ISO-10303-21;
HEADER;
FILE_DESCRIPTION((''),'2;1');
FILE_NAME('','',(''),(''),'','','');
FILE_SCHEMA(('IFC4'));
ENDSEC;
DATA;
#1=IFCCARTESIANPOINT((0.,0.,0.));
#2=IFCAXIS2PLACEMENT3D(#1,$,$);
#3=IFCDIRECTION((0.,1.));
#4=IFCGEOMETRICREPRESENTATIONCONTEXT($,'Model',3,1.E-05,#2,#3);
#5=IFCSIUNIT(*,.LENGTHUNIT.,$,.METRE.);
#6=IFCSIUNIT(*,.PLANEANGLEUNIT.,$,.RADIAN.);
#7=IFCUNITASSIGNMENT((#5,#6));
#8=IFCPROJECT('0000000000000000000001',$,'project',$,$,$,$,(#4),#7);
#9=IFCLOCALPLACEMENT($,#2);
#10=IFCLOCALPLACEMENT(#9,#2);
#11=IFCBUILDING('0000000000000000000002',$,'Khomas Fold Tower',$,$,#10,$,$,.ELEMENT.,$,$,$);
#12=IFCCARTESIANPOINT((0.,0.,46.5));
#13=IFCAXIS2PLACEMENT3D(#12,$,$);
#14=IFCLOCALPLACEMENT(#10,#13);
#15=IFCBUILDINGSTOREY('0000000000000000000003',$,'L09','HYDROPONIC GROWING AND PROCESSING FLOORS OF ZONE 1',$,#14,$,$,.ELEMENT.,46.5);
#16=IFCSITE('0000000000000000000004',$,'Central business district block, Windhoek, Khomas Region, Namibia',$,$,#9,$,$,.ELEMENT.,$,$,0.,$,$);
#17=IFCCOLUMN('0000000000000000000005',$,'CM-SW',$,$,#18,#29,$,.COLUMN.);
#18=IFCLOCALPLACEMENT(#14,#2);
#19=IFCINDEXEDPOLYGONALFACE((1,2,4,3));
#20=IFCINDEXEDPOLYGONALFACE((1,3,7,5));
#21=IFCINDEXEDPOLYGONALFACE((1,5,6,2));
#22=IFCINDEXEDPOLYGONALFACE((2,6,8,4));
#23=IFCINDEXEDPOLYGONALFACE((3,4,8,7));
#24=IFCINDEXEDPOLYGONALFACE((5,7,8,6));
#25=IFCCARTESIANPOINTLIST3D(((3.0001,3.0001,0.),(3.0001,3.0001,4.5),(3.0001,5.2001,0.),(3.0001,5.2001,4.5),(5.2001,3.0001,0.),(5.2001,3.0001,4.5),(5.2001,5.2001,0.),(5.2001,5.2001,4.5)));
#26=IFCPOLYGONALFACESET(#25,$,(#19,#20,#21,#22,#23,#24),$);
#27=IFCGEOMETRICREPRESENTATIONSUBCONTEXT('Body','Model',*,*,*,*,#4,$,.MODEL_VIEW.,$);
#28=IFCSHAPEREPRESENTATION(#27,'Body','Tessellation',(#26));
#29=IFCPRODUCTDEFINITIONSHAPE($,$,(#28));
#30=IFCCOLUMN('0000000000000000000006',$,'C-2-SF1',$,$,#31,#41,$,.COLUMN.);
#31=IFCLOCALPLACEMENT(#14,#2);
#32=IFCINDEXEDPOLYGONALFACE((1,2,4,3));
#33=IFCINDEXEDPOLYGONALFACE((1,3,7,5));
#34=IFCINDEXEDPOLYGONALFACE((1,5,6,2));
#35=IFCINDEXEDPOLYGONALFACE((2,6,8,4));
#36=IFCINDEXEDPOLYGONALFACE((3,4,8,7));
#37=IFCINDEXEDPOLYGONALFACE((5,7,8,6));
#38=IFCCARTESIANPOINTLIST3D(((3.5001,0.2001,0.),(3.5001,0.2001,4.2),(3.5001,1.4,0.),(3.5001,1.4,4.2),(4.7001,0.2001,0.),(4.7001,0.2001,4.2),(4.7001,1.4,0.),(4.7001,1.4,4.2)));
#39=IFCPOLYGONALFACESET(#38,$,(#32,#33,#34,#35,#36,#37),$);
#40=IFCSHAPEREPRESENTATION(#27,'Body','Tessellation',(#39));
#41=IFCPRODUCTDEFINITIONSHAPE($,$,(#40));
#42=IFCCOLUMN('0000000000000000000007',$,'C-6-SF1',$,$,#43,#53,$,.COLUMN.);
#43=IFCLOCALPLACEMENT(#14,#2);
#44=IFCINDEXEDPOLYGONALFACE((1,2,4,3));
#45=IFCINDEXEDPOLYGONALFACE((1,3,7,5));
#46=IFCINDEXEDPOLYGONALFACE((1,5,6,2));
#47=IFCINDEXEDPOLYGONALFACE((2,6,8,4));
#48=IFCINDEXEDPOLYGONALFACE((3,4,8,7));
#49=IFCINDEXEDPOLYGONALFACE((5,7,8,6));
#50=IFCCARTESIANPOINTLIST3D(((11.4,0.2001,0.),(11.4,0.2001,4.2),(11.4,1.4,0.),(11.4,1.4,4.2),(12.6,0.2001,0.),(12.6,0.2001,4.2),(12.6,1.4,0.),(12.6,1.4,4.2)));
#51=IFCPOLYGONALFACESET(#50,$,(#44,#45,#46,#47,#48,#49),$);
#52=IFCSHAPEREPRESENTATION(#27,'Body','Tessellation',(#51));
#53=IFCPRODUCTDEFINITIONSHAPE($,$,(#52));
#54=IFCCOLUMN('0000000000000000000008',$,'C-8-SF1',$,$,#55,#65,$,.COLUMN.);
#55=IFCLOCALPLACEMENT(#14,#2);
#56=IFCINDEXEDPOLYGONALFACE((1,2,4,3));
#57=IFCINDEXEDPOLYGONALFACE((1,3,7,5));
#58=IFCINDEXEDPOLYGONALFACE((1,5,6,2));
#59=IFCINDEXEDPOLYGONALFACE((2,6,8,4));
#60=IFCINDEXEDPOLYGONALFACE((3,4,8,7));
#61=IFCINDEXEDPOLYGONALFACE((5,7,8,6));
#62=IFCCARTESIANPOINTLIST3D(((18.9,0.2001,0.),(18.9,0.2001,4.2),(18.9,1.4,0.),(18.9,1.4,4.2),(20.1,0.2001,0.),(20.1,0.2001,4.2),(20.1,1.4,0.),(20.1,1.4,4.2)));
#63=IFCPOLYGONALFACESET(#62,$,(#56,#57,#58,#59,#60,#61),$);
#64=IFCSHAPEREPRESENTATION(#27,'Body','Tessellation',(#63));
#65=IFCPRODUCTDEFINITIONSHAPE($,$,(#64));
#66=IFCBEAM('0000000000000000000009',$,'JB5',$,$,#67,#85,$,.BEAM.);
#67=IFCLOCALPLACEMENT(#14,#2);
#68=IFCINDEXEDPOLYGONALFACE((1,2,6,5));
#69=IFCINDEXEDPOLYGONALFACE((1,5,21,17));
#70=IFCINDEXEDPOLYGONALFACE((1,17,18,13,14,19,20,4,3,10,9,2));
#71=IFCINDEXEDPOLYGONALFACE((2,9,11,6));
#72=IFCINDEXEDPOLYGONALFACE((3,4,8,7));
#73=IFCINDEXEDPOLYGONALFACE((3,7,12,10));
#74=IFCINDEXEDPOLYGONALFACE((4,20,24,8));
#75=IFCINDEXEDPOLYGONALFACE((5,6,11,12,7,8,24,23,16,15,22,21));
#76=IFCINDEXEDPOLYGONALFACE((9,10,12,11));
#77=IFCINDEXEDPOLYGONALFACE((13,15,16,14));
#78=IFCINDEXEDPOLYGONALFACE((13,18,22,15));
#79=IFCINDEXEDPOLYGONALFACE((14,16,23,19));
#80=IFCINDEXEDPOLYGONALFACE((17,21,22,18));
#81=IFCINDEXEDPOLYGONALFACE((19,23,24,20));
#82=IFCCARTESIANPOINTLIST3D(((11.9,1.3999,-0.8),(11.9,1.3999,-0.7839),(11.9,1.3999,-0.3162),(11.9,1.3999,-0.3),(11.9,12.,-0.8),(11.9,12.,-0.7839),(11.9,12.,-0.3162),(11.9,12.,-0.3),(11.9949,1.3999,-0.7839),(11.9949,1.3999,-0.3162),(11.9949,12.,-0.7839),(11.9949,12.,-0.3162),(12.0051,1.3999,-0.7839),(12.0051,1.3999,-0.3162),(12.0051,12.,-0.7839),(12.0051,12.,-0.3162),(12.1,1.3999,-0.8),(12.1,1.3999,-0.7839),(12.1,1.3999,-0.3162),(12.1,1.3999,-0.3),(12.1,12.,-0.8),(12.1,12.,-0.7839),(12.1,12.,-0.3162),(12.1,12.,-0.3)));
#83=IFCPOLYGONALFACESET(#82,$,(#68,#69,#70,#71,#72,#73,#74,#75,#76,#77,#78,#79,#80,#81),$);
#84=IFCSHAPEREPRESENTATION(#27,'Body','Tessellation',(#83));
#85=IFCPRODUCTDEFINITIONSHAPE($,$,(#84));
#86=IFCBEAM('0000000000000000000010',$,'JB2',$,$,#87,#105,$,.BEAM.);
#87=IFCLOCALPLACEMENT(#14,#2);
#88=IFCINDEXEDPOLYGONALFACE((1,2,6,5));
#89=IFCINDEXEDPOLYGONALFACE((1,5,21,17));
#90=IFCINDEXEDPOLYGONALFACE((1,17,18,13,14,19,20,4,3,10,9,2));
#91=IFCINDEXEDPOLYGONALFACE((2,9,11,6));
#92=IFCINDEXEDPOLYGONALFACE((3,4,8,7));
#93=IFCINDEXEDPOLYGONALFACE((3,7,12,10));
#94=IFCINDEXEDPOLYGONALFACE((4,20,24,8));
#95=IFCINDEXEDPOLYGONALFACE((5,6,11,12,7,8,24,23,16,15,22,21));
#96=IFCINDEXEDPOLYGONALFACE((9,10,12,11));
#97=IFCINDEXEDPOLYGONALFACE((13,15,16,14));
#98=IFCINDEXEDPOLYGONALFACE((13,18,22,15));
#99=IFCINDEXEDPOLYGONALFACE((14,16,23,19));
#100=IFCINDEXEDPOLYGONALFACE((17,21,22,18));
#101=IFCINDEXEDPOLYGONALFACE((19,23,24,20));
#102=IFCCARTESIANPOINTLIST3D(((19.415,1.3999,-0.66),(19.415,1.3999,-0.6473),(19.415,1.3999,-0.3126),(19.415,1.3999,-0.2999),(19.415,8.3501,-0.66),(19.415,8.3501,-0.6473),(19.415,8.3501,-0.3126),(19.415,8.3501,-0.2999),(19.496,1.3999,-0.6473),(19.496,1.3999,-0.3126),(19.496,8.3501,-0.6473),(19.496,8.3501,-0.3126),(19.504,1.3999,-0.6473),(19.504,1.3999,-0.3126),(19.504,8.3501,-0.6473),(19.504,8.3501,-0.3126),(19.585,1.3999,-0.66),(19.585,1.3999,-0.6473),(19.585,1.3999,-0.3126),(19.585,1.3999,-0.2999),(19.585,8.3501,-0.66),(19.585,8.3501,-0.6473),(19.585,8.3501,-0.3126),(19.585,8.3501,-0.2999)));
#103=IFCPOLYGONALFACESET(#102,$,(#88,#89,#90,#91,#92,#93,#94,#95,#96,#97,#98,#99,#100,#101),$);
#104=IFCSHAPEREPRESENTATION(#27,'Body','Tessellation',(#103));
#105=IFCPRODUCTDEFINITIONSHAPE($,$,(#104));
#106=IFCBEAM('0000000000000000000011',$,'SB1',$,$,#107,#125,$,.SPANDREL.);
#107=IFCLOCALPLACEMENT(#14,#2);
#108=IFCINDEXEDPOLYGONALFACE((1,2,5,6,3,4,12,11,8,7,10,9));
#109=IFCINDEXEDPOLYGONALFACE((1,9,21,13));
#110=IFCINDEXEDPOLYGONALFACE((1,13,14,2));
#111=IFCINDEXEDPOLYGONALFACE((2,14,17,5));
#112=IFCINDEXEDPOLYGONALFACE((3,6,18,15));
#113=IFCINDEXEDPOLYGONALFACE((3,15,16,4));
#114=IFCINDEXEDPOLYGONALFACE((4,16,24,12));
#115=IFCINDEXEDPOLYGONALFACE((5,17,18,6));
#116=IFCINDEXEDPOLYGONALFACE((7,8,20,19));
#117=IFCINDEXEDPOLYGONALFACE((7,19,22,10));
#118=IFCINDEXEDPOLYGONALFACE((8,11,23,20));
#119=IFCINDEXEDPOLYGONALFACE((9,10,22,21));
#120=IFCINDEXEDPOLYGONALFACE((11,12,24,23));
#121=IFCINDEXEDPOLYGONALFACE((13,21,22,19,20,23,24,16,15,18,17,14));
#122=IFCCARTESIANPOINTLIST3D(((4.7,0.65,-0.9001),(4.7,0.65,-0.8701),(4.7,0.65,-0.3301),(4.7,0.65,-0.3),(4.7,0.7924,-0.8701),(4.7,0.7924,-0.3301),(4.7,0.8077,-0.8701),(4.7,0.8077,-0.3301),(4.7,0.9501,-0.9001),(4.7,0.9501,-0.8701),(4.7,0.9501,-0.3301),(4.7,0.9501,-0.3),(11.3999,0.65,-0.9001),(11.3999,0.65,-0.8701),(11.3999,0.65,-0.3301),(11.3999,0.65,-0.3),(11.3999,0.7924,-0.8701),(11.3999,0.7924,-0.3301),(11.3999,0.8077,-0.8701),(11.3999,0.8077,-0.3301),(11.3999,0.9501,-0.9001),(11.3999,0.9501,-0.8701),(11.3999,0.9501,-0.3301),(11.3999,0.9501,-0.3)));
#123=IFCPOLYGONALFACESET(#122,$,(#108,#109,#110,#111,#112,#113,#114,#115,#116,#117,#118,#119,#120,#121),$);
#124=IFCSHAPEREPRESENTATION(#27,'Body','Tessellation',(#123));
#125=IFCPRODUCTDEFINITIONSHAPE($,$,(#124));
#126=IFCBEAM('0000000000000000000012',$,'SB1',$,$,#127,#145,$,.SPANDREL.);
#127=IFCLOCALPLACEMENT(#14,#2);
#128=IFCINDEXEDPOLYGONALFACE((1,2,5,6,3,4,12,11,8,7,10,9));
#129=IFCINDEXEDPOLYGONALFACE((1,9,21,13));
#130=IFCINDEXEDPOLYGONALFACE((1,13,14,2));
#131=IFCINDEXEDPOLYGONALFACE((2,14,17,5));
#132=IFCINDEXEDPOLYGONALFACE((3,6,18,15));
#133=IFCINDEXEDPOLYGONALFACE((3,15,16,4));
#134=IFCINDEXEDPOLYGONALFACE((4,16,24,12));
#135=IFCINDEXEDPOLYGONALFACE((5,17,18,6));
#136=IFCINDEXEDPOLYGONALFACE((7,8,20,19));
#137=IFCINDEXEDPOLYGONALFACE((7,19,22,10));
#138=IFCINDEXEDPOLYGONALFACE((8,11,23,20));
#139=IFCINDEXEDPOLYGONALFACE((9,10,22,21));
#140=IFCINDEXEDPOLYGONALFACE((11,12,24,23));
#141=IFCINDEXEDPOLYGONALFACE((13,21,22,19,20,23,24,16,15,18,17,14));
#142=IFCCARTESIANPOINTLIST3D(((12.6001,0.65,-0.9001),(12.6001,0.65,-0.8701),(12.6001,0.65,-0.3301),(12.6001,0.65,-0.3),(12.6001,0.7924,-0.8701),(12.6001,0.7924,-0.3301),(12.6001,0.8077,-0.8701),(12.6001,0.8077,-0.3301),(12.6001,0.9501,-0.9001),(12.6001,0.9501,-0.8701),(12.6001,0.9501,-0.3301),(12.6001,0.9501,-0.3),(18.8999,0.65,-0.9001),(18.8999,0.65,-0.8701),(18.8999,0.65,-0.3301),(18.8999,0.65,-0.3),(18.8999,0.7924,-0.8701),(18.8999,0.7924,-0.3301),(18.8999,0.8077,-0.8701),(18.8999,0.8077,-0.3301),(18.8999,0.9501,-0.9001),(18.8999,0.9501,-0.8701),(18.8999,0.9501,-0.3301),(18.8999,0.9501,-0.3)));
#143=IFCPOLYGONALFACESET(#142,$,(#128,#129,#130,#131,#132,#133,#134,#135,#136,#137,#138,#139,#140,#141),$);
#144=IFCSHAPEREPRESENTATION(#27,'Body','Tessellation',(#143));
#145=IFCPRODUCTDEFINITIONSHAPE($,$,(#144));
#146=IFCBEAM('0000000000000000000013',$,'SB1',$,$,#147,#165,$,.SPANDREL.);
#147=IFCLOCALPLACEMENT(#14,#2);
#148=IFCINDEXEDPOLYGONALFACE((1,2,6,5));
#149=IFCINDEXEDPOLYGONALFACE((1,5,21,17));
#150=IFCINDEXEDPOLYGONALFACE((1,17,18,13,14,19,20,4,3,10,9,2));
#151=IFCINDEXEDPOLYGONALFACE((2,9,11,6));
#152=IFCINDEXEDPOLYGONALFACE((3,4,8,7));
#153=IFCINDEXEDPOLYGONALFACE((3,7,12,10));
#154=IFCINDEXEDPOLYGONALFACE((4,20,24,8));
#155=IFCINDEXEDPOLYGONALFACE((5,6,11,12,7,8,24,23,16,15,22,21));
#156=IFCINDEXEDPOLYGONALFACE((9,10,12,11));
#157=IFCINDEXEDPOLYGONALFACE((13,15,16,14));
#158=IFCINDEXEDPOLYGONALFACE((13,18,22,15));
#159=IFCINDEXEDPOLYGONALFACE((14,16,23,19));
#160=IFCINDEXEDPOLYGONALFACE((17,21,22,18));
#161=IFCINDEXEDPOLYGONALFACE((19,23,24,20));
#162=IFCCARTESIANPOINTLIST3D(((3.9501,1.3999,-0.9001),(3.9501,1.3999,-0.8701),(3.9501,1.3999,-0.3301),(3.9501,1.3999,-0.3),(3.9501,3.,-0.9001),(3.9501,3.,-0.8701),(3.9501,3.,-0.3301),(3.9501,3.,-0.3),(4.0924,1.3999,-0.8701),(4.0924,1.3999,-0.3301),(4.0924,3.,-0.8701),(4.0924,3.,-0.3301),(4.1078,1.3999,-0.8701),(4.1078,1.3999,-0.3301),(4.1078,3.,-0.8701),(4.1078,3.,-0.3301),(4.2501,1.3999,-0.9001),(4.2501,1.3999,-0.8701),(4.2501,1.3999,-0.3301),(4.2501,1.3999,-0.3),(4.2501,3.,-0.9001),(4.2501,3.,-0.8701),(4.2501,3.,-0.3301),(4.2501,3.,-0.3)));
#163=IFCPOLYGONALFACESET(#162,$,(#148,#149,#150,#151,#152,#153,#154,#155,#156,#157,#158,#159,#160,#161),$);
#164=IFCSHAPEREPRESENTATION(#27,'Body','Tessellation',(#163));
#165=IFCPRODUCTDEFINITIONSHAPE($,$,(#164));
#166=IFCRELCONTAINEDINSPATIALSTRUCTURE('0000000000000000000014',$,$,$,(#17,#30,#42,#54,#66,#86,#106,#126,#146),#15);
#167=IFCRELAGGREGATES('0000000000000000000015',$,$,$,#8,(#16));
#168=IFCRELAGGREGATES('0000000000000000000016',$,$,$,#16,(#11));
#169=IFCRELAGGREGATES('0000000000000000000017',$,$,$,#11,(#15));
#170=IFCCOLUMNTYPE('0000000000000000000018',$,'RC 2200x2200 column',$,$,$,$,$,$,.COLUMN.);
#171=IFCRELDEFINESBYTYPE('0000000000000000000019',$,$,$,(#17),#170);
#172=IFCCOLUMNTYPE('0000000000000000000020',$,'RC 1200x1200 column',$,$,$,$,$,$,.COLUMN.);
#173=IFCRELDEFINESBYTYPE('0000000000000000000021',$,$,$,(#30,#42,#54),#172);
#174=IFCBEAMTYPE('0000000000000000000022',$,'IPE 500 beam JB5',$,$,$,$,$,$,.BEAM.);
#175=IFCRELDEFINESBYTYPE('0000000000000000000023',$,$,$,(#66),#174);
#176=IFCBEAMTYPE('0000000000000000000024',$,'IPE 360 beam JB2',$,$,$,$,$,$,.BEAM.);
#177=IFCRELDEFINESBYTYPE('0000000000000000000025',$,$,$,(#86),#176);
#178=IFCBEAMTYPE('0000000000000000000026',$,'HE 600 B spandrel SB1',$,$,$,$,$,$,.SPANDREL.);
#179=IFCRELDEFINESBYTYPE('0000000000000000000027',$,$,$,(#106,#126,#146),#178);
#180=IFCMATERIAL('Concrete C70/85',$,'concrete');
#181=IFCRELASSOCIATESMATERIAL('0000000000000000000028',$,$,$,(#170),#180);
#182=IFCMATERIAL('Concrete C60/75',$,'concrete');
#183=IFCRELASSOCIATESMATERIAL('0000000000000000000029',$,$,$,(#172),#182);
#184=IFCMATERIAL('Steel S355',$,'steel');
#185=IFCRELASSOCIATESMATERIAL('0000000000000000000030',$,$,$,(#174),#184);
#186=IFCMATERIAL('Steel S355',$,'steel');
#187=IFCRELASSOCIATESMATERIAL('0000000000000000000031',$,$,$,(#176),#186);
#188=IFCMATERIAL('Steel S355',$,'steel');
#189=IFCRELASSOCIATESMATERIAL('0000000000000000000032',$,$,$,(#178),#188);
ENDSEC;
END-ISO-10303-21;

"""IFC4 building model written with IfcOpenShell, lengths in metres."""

from ifc_helpers import new_model, si_unit, direction, frame, origin, origin_2d, place, context, subcontext, project, spatial, rectangle, i_section, extrude, source, transform, mapped, material, material_profile, profile_set, type_object, element, save


model = new_model("IFC4")

# Units and contexts
model_context = context("Model", 3, precision=1e-05, world=origin(), true_north=direction((0.0, 1.0)))
body_context = subcontext(model_context, "Body", "Model", "MODEL_VIEW")
ifc_project = project(units=[si_unit("LENGTHUNIT", "METRE"), si_unit("PLANEANGLEUNIT", "RADIAN")], contexts=[model_context])

# Site, building, storey
site_placement = place(None, origin())
site = spatial("IfcSite", under=ifc_project, at=site_placement, Name="Central business district block, Windhoek, Khomas Region, Namibia", CompositionType="ELEMENT", RefElevation=0.0)
building_placement = place(site_placement, origin())
building = spatial("IfcBuilding", under=site, at=building_placement, Name="Khomas Fold Tower", CompositionType="ELEMENT")
storey_placement = place(building_placement, frame((0.0, 0.0, 46.5)))
storey = spatial("IfcBuildingStorey", under=building, at=storey_placement, Name="L09", Description="HYDROPONIC GROWING AND PROCESSING FLOORS OF ZONE 1", CompositionType="ELEMENT", Elevation=46.5)

# Columns
ifc_material_1 = material(Name="Concrete C70/85", Category="concrete")
ifc_material_profile_1 = material_profile(ifc_material_1, rectangle(XDim=2.2, YDim=2.2, at=origin_2d()), Name="RC 2200x2200")
ifc_profile_set_1 = profile_set([ifc_material_profile_1], Name="Concrete C70/85")
column_type_1 = type_object("IfcColumnType", Name="RC 2200x2200 column", PredefinedType="COLUMN", material=ifc_profile_set_1)
shared_shape_1 = source(origin(), body_context, "Body", "SweptSolid", [
    extrude(rectangle(XDim=2.2, YDim=2.2, at=origin_2d()), origin(), (0.0, 0.0, 1.0), 4.5),
])
column_placement = place(storey_placement, frame((4.1001, 4.1001, 0.0), z_axis=(0.0, 0.0, 1.0), x_axis=(1.0, 0.0, 0.0)))
element("IfcColumn", 1, at=column_placement, inside=storey, type_object=column_type_1, Name="CM-SW", PredefinedType="COLUMN", context=body_context, shape_type="MappedRepresentation", body=[
    mapped(shared_shape_1, transform((0.0, 0.0, 0.0))),
])
ifc_material_2 = material(Name="Concrete C60/75", Category="concrete")
ifc_material_profile_2 = material_profile(ifc_material_2, rectangle(XDim=1.2, YDim=1.2, at=origin_2d()), Name="RC 1200x1200")
ifc_profile_set_2 = profile_set([ifc_material_profile_2], Name="Concrete C60/75")
column_type_2 = type_object("IfcColumnType", Name="RC 1200x1200 column", PredefinedType="COLUMN", material=ifc_profile_set_2)
shared_shape_2 = source(origin(), body_context, "Body", "SweptSolid", [
    extrude(rectangle(XDim=1.2, YDim=1.2, at=origin_2d()), origin(), (0.0, 0.0, 1.0), 4.2),
])
for number, where, z_axis, x_axis, name in (
    (2, (4.1001, 0.8, 0.0), (0.0, 0.0, 1.0), (1.0, 0.0, 0.0), "C-2-SF1"),
    (3, (12.0, 0.8, 0.0), (0.0, 0.0, 1.0), (1.0, 0.0, 0.0), "C-6-SF1"),
    (4, (19.5, 0.8, 0.0), (0.0, 0.0, 1.0), (1.0, 0.0, 0.0), "C-8-SF1"),
):
    element("IfcColumn", number, at=place(storey_placement, frame(where, z_axis=z_axis, x_axis=x_axis)), inside=storey, type_object=column_type_2, Name=name, PredefinedType="COLUMN", context=body_context, shape_type="MappedRepresentation", body=[
        mapped(shared_shape_2, transform((0.0, 0.0, 0.0))),
    ])

# Beams
ifc_material_3 = material(Name="Steel S355", Category="steel")
ifc_material_profile_3 = material_profile(ifc_material_3, i_section(OverallWidth=0.2, OverallDepth=0.5, WebThickness=0.0103, FlangeThickness=0.0161, at=origin_2d()), Name="IPE 500")
ifc_profile_set_3 = profile_set([ifc_material_profile_3], Name="Steel S355")
beam_type_1 = type_object("IfcBeamType", Name="IPE 500 beam JB5", PredefinedType="BEAM", material=ifc_profile_set_3)
shared_shape_3 = source(origin(), body_context, "Body", "SweptSolid", [
    extrude(i_section(OverallWidth=0.2, OverallDepth=0.5, WebThickness=0.0103, FlangeThickness=0.0161, at=origin_2d()), origin(), (0.0, 0.0, 1.0), 10.6001),
])
beam_1_placement = place(storey_placement, frame((12.0, 1.3999, -0.55), z_axis=(0.0, 1.0, 0.0), x_axis=(-1.0, 0.0, 0.0)))
element("IfcBeam", 5, at=beam_1_placement, inside=storey, type_object=beam_type_1, Name="JB5", PredefinedType="BEAM", context=body_context, shape_type="MappedRepresentation", body=[
    mapped(shared_shape_3, transform((0.0, 0.0, 0.0))),
])
ifc_material_4 = material(Name="Steel S355", Category="steel")
ifc_material_profile_4 = material_profile(ifc_material_4, i_section(OverallWidth=0.1699, OverallDepth=0.3601, WebThickness=0.0081, FlangeThickness=0.0127, at=origin_2d()), Name="IPE 360")
ifc_profile_set_4 = profile_set([ifc_material_profile_4], Name="Steel S355")
beam_type_2 = type_object("IfcBeamType", Name="IPE 360 beam JB2", PredefinedType="BEAM", material=ifc_profile_set_4)
shared_shape_4 = source(origin(), body_context, "Body", "SweptSolid", [
    extrude(i_section(OverallWidth=0.1699, OverallDepth=0.3601, WebThickness=0.0081, FlangeThickness=0.0127, at=origin_2d()), origin(), (0.0, 0.0, 1.0), 6.9502),
])
beam_2_placement = place(storey_placement, frame((19.5, 1.3999, -0.48), z_axis=(0.0, 1.0, 0.0), x_axis=(-1.0, 0.0, 0.0)))
element("IfcBeam", 6, at=beam_2_placement, inside=storey, type_object=beam_type_2, Name="JB2", PredefinedType="BEAM", context=body_context, shape_type="MappedRepresentation", body=[
    mapped(shared_shape_4, transform((0.0, 0.0, 0.0))),
])
ifc_material_5 = material(Name="Steel S355", Category="steel")
ifc_material_profile_5 = material_profile(ifc_material_5, i_section(OverallWidth=0.3, OverallDepth=0.6001, WebThickness=0.0154, FlangeThickness=0.03, at=origin_2d()), Name="HE 600 B")
ifc_profile_set_5 = profile_set([ifc_material_profile_5], Name="Steel S355")
beam_type_3 = type_object("IfcBeamType", Name="HE 600 B spandrel SB1", PredefinedType="SPANDREL", material=ifc_profile_set_5)
shared_shape_5 = source(origin(), body_context, "Body", "SweptSolid", [
    extrude(i_section(OverallWidth=0.3, OverallDepth=0.6001, WebThickness=0.0154, FlangeThickness=0.03, at=origin_2d()), origin(), (0.0, 0.0, 1.0), 6.7),
])
beam_3_placement = place(storey_placement, frame((4.7, 0.8, -0.6001), z_axis=(1.0, 0.0, 0.0), x_axis=(0.0, 1.0, 0.0)))
element("IfcBeam", 7, at=beam_3_placement, inside=storey, type_object=beam_type_3, Name="SB1", PredefinedType="SPANDREL", context=body_context, shape_type="MappedRepresentation", body=[
    mapped(shared_shape_5, transform((0.0, 0.0, 0.0))),
])
shared_shape_6 = source(origin(), body_context, "Body", "SweptSolid", [
    extrude(i_section(OverallWidth=0.3, OverallDepth=0.6001, WebThickness=0.0154, FlangeThickness=0.03, at=origin_2d()), origin(), (0.0, 0.0, 1.0), 6.2998),
])
beam_4_placement = place(storey_placement, frame((12.6001, 0.8, -0.6001), z_axis=(1.0, 0.0, 0.0), x_axis=(0.0, 1.0, 0.0)))
element("IfcBeam", 8, at=beam_4_placement, inside=storey, type_object=beam_type_3, Name="SB1", PredefinedType="SPANDREL", context=body_context, shape_type="MappedRepresentation", body=[
    mapped(shared_shape_6, transform((0.0, 0.0, 0.0))),
])
shared_shape_7 = source(origin(), body_context, "Body", "SweptSolid", [
    extrude(i_section(OverallWidth=0.3, OverallDepth=0.6001, WebThickness=0.0154, FlangeThickness=0.03, at=origin_2d()), origin(), (0.0, 0.0, 1.0), 1.6001),
])
beam_5_placement = place(storey_placement, frame((4.1001, 1.3999, -0.6001), z_axis=(0.0, 1.0, 0.0), x_axis=(-1.0, 0.0, 0.0)))
element("IfcBeam", 9, at=beam_5_placement, inside=storey, type_object=beam_type_3, Name="SB1", PredefinedType="SPANDREL", context=body_context, shape_type="MappedRepresentation", body=[
    mapped(shared_shape_7, transform((0.0, 0.0, 0.0))),
])

save(model, "model.ifc")
